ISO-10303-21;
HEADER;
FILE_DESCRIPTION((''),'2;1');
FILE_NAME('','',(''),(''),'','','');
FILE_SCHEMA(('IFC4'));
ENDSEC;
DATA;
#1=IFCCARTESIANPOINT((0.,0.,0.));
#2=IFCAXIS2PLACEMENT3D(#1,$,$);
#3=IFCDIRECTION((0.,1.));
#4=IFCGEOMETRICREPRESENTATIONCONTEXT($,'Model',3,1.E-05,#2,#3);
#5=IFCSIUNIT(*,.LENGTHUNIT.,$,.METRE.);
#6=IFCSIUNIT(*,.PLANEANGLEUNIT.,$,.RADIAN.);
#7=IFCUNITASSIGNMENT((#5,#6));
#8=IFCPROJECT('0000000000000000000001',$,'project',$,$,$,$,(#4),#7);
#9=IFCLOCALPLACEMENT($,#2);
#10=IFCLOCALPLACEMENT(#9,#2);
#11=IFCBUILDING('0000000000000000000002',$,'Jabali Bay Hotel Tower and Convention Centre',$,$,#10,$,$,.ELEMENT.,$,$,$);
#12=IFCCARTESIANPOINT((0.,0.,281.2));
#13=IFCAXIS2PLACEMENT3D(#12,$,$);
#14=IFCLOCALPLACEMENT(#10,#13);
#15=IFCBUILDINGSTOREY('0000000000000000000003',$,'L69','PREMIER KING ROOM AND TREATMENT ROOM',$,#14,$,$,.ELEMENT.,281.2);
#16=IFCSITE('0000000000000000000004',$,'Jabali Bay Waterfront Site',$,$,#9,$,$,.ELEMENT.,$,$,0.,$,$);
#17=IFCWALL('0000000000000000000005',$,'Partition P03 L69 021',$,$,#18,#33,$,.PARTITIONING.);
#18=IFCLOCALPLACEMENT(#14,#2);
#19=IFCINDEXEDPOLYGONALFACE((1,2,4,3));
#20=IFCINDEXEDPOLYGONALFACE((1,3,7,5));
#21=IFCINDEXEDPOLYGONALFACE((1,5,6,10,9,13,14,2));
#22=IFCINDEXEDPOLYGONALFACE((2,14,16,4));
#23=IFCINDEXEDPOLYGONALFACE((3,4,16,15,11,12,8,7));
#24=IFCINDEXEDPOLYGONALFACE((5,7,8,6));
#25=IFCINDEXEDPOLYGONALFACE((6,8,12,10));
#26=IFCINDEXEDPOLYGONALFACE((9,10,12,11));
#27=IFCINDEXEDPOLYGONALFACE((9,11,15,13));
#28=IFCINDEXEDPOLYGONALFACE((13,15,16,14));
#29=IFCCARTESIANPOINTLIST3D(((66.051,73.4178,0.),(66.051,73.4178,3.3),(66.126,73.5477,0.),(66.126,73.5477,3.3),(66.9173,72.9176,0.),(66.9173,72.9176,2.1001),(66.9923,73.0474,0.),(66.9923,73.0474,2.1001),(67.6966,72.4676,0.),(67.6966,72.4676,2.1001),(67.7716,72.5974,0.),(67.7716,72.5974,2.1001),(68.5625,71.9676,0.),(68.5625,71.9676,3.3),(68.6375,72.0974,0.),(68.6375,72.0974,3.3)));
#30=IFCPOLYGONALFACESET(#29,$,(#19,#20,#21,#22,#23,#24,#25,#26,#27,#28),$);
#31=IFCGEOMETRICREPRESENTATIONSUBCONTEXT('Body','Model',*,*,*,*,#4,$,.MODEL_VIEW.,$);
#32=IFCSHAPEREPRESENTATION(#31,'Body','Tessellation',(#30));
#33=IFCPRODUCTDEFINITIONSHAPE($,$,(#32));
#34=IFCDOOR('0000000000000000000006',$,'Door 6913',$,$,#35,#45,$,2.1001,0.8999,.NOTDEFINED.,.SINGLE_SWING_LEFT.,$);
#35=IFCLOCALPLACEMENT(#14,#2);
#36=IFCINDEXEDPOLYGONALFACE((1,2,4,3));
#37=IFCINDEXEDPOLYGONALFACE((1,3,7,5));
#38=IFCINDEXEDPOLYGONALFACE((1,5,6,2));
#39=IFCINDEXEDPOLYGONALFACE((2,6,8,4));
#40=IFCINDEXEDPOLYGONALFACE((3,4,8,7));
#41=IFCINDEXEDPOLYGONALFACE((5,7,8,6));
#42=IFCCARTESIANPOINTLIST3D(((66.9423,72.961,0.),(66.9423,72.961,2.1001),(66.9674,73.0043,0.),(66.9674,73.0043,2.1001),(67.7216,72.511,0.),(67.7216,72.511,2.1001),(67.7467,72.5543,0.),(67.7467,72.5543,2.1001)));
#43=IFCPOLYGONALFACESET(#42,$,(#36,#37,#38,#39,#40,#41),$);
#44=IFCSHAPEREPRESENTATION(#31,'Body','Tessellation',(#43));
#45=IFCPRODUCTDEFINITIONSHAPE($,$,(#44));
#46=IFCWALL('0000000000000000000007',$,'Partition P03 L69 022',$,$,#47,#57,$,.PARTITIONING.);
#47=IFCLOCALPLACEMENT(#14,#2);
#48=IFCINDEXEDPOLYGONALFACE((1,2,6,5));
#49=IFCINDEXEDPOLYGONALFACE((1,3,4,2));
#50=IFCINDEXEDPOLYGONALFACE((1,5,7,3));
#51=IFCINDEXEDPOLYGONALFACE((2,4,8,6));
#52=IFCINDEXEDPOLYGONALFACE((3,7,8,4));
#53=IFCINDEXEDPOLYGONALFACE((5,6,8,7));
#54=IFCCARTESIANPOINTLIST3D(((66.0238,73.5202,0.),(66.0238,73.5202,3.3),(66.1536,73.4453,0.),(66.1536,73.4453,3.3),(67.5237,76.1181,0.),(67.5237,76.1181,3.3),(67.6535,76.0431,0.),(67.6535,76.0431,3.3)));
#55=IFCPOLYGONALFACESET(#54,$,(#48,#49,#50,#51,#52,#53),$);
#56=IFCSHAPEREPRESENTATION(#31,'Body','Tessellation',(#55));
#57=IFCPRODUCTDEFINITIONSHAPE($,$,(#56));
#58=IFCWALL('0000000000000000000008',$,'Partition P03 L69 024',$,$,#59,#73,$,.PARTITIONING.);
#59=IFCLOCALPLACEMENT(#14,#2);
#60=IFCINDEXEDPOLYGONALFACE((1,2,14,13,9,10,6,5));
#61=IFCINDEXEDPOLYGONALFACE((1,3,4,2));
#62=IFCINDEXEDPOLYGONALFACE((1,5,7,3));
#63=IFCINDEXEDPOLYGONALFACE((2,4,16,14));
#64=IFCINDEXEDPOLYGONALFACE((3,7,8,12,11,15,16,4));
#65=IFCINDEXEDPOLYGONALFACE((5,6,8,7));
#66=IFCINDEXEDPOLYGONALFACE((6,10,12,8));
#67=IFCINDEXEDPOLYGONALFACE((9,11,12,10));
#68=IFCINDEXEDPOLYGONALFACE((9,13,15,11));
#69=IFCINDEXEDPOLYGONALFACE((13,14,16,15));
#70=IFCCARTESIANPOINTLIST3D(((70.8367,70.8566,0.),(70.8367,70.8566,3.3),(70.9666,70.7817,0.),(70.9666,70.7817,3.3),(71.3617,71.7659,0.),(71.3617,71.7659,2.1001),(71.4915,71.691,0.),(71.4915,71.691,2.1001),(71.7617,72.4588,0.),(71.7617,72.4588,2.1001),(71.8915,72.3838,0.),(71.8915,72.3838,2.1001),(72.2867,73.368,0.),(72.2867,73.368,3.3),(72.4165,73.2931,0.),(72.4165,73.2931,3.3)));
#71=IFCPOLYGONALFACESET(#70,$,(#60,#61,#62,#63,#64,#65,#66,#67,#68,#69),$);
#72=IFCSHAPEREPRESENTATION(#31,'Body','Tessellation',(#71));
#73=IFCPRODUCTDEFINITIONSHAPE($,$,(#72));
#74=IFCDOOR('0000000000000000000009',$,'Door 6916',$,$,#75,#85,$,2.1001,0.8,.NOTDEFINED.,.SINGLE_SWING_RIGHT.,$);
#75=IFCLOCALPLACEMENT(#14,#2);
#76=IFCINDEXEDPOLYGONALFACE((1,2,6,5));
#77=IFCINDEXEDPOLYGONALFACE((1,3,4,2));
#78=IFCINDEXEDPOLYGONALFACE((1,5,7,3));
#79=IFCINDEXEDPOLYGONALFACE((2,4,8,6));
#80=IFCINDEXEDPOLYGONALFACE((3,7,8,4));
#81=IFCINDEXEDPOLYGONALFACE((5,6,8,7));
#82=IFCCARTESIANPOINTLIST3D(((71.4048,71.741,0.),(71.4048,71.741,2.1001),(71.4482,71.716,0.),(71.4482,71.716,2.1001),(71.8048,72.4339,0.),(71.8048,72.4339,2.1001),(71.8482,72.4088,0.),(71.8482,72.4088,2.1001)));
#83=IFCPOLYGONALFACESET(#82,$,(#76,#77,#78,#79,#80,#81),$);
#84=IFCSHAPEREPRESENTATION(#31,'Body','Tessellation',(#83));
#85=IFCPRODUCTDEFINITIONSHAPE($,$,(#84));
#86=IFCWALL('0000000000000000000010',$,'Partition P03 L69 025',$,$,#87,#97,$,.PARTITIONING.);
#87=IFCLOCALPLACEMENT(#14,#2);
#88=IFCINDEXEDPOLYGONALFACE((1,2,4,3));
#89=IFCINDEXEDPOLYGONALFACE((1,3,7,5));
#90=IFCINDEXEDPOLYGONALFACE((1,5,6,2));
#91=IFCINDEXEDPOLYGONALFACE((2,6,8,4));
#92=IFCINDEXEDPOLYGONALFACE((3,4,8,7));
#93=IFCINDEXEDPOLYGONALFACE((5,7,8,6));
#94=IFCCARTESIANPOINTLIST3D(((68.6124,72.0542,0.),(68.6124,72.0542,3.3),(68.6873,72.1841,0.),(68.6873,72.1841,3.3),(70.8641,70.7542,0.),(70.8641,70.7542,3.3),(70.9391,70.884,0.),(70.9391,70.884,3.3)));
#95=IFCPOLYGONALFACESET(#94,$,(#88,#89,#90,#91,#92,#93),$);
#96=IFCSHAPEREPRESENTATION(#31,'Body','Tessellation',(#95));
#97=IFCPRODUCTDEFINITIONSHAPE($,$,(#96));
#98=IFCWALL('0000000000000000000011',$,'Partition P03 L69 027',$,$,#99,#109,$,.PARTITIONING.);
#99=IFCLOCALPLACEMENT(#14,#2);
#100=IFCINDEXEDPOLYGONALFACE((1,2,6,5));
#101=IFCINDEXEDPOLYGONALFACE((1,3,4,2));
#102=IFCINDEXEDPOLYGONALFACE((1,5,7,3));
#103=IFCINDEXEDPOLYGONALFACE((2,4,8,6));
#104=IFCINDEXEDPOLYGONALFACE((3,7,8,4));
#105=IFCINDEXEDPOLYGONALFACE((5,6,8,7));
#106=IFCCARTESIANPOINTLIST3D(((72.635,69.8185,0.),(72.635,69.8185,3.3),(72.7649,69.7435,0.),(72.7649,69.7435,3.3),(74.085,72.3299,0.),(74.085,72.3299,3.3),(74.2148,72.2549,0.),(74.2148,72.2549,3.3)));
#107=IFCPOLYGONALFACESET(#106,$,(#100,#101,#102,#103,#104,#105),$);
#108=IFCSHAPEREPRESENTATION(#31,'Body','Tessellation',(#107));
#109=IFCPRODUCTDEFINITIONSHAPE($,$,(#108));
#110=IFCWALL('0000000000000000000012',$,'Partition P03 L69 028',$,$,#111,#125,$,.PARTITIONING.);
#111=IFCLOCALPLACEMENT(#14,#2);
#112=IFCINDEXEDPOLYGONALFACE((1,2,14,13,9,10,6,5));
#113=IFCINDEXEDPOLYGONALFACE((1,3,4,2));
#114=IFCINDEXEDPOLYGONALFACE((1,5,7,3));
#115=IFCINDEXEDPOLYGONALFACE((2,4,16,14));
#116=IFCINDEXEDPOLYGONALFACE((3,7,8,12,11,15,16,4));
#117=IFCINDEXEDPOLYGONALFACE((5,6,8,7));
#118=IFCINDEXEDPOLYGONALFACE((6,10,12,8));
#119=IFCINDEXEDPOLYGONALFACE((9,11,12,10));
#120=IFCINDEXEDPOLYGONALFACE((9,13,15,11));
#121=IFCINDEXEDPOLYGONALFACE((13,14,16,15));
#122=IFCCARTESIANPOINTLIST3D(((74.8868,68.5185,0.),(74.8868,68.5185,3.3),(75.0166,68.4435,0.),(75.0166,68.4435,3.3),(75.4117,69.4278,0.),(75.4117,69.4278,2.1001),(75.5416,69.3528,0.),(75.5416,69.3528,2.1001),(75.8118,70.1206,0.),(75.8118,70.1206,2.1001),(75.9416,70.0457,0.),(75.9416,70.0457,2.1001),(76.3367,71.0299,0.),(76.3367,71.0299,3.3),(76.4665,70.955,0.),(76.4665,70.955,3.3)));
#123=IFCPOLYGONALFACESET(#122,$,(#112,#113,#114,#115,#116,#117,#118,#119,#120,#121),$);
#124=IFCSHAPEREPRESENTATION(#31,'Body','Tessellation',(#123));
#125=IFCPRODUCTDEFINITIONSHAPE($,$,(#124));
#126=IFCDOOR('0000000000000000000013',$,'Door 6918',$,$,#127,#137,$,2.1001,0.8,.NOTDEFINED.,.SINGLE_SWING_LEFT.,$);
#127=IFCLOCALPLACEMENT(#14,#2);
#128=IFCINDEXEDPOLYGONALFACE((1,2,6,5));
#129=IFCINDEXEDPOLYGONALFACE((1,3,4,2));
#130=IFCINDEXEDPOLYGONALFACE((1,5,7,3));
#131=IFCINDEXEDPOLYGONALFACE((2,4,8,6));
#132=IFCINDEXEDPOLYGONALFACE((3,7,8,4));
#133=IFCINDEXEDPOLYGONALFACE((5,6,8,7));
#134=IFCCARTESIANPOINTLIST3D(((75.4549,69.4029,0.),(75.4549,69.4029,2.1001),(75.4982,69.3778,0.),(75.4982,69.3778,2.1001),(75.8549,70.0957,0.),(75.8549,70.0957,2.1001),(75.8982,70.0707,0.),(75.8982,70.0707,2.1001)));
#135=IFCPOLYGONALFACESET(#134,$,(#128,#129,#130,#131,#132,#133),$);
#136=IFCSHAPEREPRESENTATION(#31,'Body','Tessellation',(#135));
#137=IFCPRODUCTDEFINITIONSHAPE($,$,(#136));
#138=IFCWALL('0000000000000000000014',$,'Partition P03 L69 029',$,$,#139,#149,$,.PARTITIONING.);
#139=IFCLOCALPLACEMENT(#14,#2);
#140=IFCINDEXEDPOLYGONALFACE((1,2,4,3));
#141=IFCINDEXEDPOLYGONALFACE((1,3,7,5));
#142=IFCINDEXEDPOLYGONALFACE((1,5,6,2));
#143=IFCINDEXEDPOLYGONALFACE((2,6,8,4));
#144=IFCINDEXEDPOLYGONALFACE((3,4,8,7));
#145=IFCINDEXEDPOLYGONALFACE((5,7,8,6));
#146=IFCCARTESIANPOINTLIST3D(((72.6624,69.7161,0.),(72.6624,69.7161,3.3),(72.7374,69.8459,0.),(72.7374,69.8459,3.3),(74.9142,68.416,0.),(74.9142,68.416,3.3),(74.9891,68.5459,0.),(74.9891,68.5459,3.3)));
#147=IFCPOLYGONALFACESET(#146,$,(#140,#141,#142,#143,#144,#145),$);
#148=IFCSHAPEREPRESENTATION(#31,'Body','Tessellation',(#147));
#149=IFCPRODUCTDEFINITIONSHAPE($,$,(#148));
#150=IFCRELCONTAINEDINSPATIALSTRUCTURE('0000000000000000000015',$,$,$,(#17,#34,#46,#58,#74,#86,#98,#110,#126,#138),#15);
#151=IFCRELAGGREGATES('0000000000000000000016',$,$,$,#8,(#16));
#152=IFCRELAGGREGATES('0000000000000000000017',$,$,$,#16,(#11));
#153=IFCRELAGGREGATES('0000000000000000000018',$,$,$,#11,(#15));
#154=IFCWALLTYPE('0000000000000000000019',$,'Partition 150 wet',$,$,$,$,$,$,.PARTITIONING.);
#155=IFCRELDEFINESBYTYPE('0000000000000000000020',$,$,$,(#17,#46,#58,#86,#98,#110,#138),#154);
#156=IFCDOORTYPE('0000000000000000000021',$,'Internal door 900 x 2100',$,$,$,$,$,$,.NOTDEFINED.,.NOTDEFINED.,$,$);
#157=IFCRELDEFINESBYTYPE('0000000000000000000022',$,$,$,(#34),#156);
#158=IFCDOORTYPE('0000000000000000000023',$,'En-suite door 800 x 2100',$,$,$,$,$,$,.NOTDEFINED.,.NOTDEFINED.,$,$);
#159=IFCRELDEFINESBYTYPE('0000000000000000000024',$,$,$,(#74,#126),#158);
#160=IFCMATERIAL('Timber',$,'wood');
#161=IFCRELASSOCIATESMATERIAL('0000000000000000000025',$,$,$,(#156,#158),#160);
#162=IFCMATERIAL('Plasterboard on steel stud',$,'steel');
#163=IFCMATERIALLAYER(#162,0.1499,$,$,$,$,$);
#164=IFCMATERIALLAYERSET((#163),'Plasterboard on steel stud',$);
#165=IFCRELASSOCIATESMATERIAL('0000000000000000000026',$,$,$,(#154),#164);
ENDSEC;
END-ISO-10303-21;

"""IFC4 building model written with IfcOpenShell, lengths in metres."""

from ifc_helpers import new_model, si_unit, direction, frame, frame_2d, origin, place, context, subcontext, project, spatial, rectangle, extrude, material, layer, layer_set, type_object, element, fill, save


model = new_model("IFC4")

# Units and contexts
model_context = context("Model", 3, precision=1e-05, world=origin(), true_north=direction((0.0, 1.0)))
body_context = subcontext(model_context, "Body", "Model", "MODEL_VIEW")
ifc_project = project(units=[si_unit("LENGTHUNIT", "METRE"), si_unit("PLANEANGLEUNIT", "RADIAN")], contexts=[model_context])

# Site, building, storey
site_placement = place(None, origin())
site = spatial("IfcSite", under=ifc_project, at=site_placement, Name="Jabali Bay Waterfront Site", CompositionType="ELEMENT", RefElevation=0.0)
building_placement = place(site_placement, origin())
building = spatial("IfcBuilding", under=site, at=building_placement, Name="Jabali Bay Hotel Tower and Convention Centre", CompositionType="ELEMENT")
storey_placement = place(building_placement, frame((0.0, 0.0, 281.2)))
storey = spatial("IfcBuildingStorey", under=building, at=storey_placement, Name="L69", Description="PREMIER KING ROOM AND TREATMENT ROOM", CompositionType="ELEMENT", Elevation=281.2)

# Shared definitions
ifc_material_1 = material(Name="Timber", Category="wood")

# Shared definitions
ifc_material_2 = material(Name="Plasterboard on steel stud", Category="steel")
door_type_1 = type_object("IfcDoorType", Name="Internal door 900 x 2100", OperationType="NOTDEFINED", PredefinedType="NOTDEFINED", material=ifc_material_1)
ifc_layer_1 = layer(ifc_material_2, 0.1499)
ifc_layer_set_1 = layer_set([ifc_layer_1], Name="Plasterboard on steel stud")
wall_type_1 = type_object("IfcWallType", Name="Partition 150 wet", PredefinedType="PARTITIONING", material=ifc_layer_set_1)
door_type_2 = type_object("IfcDoorType", Name="En-suite door 800 x 2100", OperationType="NOTDEFINED", PredefinedType="NOTDEFINED", material=ifc_material_1)

# Wall, opening, door
wall_1_placement = place(storey_placement, frame((68.6001, 72.0325, 0.0), z_axis=(0.0, 0.0, 1.0), x_axis=(-0.865996, 0.50005, 0.0)))
wall_1 = element("IfcWall", 1, at=wall_1_placement, inside=storey, type_object=wall_type_1, Name="Partition P03 L69 021", PredefinedType="PARTITIONING", context=body_context, shape_type="SweptSolid", body=[
    extrude(rectangle(XDim=2.9001, YDim=0.1499, at=frame_2d((1.4502, 0.0))), origin(), (0.0, 0.0, 1.0), 3.3),
])
opening_1_placement = place(wall_1_placement, frame((1.0, 0.0, 0.0)))
opening_1 = element("IfcOpeningElement", 2, at=opening_1_placement, cuts=wall_1, PredefinedType="OPENING", context=body_context, shape_type="SweptSolid", body=[
    extrude(rectangle(XDim=0.8999, YDim=2.1001, at=frame_2d((0.45, 1.05))), frame((0.0, 0.0854, 0.0), z_axis=(0.0, -1.0, 0.0), x_axis=(1.0, 0.0, 0.0)), (0.0, 0.0, 1.0), 0.1709),
])
door_1_placement = place(opening_1_placement, origin())
door_1 = element("IfcDoor", 3, at=door_1_placement, inside=storey, type_object=door_type_1, Name="Door 6913", OperationType="SINGLE_SWING_LEFT", OverallHeight=2.1001, OverallWidth=0.8999, PredefinedType="NOTDEFINED", context=body_context, shape_type="SweptSolid", body=[
    extrude(rectangle(XDim=0.8999, YDim=2.1001, at=frame_2d((0.45, 1.05))), frame((0.0, 0.0249, 0.0), z_axis=(0.0, -1.0, 0.0), x_axis=(1.0, 0.0, 0.0)), (0.0, 0.0, 1.0), 0.05),
])
fill(opening_1, door_1)

# Wall
wall_2_placement = place(storey_placement, frame((66.0886, 73.4827, 0.0), z_axis=(0.0, 0.0, 1.0), x_axis=(0.500025, 0.866011, 0.0)))
element("IfcWall", 4, at=wall_2_placement, inside=storey, type_object=wall_type_1, Name="Partition P03 L69 022", PredefinedType="PARTITIONING", context=body_context, shape_type="SweptSolid", body=[
    extrude(rectangle(XDim=2.9998, YDim=0.1499, at=frame_2d((1.5, 0.0))), origin(), (0.0, 0.0, 1.0), 3.3),
])

# Wall, opening, door
wall_3_placement = place(storey_placement, frame((72.3516, 73.3306, 0.0), z_axis=(0.0, 0.0, 1.0), x_axis=(-0.499987, -0.866033, 0.0)))
wall_3 = element("IfcWall", 5, at=wall_3_placement, inside=storey, type_object=wall_type_1, Name="Partition P03 L69 024", PredefinedType="PARTITIONING", context=body_context, shape_type="SweptSolid", body=[
    extrude(rectangle(XDim=2.8999, YDim=0.1499, at=frame_2d((1.45, 0.0))), origin(), (0.0, 0.0, 1.0), 3.3),
])
opening_2_placement = place(wall_3_placement, frame((1.05, 0.0, 0.0)))
opening_2 = element("IfcOpeningElement", 6, at=opening_2_placement, cuts=wall_3, PredefinedType="OPENING", context=body_context, shape_type="SweptSolid", body=[
    extrude(rectangle(XDim=0.8, YDim=2.1001, at=frame_2d((0.3999, 1.05))), frame((0.0, 0.0854, 0.0), z_axis=(0.0, -1.0, 0.0), x_axis=(1.0, 0.0, 0.0)), (0.0, 0.0, 1.0), 0.1709),
])
door_2_placement = place(opening_2_placement, origin())
door_2 = element("IfcDoor", 7, at=door_2_placement, inside=storey, type_object=door_type_2, Name="Door 6916", OperationType="SINGLE_SWING_RIGHT", OverallHeight=2.1001, OverallWidth=0.8, PredefinedType="NOTDEFINED", context=body_context, shape_type="SweptSolid", body=[
    extrude(rectangle(XDim=0.8, YDim=2.1001, at=frame_2d((0.3999, 1.05))), frame((0.0, 0.0249, 0.0), z_axis=(0.0, -1.0, 0.0), x_axis=(1.0, 0.0, 0.0)), (0.0, 0.0, 1.0), 0.05),
])
fill(opening_2, door_2)

# Walls
wall_4_placement = place(storey_placement, frame((70.9016, 70.8191, 0.0), z_axis=(0.0, 0.0, 1.0), x_axis=(-0.866021, 0.500007, 0.0)))
element("IfcWall", 8, at=wall_4_placement, inside=storey, type_object=wall_type_1, Name="Partition P03 L69 025", PredefinedType="PARTITIONING", context=body_context, shape_type="SweptSolid", body=[
    extrude(rectangle(XDim=2.6001, YDim=0.1499, at=frame_2d((1.3, 0.0))), origin(), (0.0, 0.0, 1.0), 3.3),
])
wall_5_placement = place(storey_placement, frame((72.7, 69.781, 0.0), z_axis=(0.0, 0.0, 1.0), x_axis=(0.499987, 0.866033, 0.0)))
element("IfcWall", 9, at=wall_5_placement, inside=storey, type_object=wall_type_1, Name="Partition P03 L69 027", PredefinedType="PARTITIONING", context=body_context, shape_type="SweptSolid", body=[
    extrude(rectangle(XDim=2.8999, YDim=0.1499, at=frame_2d((1.45, 0.0))), origin(), (0.0, 0.0, 1.0), 3.3),
])

# Wall, opening, door
wall_6_placement = place(storey_placement, frame((76.4016, 70.9924, 0.0), z_axis=(0.0, 0.0, 1.0), x_axis=(-0.499987, -0.866033, 0.0)))
wall_6 = element("IfcWall", 10, at=wall_6_placement, inside=storey, type_object=wall_type_1, Name="Partition P03 L69 028", PredefinedType="PARTITIONING", context=body_context, shape_type="SweptSolid", body=[
    extrude(rectangle(XDim=2.8999, YDim=0.1499, at=frame_2d((1.45, 0.0))), origin(), (0.0, 0.0, 1.0), 3.3),
])
opening_3_placement = place(wall_6_placement, frame((1.05, 0.0, 0.0)))
opening_3 = element("IfcOpeningElement", 11, at=opening_3_placement, cuts=wall_6, PredefinedType="OPENING", context=body_context, shape_type="SweptSolid", body=[
    extrude(rectangle(XDim=0.8, YDim=2.1001, at=frame_2d((0.3999, 1.05))), frame((0.0, 0.0854, 0.0), z_axis=(0.0, -1.0, 0.0), x_axis=(1.0, 0.0, 0.0)), (0.0, 0.0, 1.0), 0.1709),
])
door_3_placement = place(opening_3_placement, origin())
door_3 = element("IfcDoor", 12, at=door_3_placement, inside=storey, type_object=door_type_2, Name="Door 6918", OperationType="SINGLE_SWING_LEFT", OverallHeight=2.1001, OverallWidth=0.8, PredefinedType="NOTDEFINED", context=body_context, shape_type="SweptSolid", body=[
    extrude(rectangle(XDim=0.8, YDim=2.1001, at=frame_2d((0.3999, 1.05))), frame((0.0, 0.0249, 0.0), z_axis=(0.0, -1.0, 0.0), x_axis=(1.0, 0.0, 0.0)), (0.0, 0.0, 1.0), 0.05),
])
fill(opening_3, door_3)

# Wall
wall_7_placement = place(storey_placement, frame((74.9517, 68.481, 0.0), z_axis=(0.0, 0.0, 1.0), x_axis=(-0.866021, 0.500007, 0.0)))
element("IfcWall", 13, at=wall_7_placement, inside=storey, type_object=wall_type_1, Name="Partition P03 L69 029", PredefinedType="PARTITIONING", context=body_context, shape_type="SweptSolid", body=[
    extrude(rectangle(XDim=2.6001, YDim=0.1499, at=frame_2d((1.3, 0.0))), origin(), (0.0, 0.0, 1.0), 3.3),
])

save(model, "model.ifc")
